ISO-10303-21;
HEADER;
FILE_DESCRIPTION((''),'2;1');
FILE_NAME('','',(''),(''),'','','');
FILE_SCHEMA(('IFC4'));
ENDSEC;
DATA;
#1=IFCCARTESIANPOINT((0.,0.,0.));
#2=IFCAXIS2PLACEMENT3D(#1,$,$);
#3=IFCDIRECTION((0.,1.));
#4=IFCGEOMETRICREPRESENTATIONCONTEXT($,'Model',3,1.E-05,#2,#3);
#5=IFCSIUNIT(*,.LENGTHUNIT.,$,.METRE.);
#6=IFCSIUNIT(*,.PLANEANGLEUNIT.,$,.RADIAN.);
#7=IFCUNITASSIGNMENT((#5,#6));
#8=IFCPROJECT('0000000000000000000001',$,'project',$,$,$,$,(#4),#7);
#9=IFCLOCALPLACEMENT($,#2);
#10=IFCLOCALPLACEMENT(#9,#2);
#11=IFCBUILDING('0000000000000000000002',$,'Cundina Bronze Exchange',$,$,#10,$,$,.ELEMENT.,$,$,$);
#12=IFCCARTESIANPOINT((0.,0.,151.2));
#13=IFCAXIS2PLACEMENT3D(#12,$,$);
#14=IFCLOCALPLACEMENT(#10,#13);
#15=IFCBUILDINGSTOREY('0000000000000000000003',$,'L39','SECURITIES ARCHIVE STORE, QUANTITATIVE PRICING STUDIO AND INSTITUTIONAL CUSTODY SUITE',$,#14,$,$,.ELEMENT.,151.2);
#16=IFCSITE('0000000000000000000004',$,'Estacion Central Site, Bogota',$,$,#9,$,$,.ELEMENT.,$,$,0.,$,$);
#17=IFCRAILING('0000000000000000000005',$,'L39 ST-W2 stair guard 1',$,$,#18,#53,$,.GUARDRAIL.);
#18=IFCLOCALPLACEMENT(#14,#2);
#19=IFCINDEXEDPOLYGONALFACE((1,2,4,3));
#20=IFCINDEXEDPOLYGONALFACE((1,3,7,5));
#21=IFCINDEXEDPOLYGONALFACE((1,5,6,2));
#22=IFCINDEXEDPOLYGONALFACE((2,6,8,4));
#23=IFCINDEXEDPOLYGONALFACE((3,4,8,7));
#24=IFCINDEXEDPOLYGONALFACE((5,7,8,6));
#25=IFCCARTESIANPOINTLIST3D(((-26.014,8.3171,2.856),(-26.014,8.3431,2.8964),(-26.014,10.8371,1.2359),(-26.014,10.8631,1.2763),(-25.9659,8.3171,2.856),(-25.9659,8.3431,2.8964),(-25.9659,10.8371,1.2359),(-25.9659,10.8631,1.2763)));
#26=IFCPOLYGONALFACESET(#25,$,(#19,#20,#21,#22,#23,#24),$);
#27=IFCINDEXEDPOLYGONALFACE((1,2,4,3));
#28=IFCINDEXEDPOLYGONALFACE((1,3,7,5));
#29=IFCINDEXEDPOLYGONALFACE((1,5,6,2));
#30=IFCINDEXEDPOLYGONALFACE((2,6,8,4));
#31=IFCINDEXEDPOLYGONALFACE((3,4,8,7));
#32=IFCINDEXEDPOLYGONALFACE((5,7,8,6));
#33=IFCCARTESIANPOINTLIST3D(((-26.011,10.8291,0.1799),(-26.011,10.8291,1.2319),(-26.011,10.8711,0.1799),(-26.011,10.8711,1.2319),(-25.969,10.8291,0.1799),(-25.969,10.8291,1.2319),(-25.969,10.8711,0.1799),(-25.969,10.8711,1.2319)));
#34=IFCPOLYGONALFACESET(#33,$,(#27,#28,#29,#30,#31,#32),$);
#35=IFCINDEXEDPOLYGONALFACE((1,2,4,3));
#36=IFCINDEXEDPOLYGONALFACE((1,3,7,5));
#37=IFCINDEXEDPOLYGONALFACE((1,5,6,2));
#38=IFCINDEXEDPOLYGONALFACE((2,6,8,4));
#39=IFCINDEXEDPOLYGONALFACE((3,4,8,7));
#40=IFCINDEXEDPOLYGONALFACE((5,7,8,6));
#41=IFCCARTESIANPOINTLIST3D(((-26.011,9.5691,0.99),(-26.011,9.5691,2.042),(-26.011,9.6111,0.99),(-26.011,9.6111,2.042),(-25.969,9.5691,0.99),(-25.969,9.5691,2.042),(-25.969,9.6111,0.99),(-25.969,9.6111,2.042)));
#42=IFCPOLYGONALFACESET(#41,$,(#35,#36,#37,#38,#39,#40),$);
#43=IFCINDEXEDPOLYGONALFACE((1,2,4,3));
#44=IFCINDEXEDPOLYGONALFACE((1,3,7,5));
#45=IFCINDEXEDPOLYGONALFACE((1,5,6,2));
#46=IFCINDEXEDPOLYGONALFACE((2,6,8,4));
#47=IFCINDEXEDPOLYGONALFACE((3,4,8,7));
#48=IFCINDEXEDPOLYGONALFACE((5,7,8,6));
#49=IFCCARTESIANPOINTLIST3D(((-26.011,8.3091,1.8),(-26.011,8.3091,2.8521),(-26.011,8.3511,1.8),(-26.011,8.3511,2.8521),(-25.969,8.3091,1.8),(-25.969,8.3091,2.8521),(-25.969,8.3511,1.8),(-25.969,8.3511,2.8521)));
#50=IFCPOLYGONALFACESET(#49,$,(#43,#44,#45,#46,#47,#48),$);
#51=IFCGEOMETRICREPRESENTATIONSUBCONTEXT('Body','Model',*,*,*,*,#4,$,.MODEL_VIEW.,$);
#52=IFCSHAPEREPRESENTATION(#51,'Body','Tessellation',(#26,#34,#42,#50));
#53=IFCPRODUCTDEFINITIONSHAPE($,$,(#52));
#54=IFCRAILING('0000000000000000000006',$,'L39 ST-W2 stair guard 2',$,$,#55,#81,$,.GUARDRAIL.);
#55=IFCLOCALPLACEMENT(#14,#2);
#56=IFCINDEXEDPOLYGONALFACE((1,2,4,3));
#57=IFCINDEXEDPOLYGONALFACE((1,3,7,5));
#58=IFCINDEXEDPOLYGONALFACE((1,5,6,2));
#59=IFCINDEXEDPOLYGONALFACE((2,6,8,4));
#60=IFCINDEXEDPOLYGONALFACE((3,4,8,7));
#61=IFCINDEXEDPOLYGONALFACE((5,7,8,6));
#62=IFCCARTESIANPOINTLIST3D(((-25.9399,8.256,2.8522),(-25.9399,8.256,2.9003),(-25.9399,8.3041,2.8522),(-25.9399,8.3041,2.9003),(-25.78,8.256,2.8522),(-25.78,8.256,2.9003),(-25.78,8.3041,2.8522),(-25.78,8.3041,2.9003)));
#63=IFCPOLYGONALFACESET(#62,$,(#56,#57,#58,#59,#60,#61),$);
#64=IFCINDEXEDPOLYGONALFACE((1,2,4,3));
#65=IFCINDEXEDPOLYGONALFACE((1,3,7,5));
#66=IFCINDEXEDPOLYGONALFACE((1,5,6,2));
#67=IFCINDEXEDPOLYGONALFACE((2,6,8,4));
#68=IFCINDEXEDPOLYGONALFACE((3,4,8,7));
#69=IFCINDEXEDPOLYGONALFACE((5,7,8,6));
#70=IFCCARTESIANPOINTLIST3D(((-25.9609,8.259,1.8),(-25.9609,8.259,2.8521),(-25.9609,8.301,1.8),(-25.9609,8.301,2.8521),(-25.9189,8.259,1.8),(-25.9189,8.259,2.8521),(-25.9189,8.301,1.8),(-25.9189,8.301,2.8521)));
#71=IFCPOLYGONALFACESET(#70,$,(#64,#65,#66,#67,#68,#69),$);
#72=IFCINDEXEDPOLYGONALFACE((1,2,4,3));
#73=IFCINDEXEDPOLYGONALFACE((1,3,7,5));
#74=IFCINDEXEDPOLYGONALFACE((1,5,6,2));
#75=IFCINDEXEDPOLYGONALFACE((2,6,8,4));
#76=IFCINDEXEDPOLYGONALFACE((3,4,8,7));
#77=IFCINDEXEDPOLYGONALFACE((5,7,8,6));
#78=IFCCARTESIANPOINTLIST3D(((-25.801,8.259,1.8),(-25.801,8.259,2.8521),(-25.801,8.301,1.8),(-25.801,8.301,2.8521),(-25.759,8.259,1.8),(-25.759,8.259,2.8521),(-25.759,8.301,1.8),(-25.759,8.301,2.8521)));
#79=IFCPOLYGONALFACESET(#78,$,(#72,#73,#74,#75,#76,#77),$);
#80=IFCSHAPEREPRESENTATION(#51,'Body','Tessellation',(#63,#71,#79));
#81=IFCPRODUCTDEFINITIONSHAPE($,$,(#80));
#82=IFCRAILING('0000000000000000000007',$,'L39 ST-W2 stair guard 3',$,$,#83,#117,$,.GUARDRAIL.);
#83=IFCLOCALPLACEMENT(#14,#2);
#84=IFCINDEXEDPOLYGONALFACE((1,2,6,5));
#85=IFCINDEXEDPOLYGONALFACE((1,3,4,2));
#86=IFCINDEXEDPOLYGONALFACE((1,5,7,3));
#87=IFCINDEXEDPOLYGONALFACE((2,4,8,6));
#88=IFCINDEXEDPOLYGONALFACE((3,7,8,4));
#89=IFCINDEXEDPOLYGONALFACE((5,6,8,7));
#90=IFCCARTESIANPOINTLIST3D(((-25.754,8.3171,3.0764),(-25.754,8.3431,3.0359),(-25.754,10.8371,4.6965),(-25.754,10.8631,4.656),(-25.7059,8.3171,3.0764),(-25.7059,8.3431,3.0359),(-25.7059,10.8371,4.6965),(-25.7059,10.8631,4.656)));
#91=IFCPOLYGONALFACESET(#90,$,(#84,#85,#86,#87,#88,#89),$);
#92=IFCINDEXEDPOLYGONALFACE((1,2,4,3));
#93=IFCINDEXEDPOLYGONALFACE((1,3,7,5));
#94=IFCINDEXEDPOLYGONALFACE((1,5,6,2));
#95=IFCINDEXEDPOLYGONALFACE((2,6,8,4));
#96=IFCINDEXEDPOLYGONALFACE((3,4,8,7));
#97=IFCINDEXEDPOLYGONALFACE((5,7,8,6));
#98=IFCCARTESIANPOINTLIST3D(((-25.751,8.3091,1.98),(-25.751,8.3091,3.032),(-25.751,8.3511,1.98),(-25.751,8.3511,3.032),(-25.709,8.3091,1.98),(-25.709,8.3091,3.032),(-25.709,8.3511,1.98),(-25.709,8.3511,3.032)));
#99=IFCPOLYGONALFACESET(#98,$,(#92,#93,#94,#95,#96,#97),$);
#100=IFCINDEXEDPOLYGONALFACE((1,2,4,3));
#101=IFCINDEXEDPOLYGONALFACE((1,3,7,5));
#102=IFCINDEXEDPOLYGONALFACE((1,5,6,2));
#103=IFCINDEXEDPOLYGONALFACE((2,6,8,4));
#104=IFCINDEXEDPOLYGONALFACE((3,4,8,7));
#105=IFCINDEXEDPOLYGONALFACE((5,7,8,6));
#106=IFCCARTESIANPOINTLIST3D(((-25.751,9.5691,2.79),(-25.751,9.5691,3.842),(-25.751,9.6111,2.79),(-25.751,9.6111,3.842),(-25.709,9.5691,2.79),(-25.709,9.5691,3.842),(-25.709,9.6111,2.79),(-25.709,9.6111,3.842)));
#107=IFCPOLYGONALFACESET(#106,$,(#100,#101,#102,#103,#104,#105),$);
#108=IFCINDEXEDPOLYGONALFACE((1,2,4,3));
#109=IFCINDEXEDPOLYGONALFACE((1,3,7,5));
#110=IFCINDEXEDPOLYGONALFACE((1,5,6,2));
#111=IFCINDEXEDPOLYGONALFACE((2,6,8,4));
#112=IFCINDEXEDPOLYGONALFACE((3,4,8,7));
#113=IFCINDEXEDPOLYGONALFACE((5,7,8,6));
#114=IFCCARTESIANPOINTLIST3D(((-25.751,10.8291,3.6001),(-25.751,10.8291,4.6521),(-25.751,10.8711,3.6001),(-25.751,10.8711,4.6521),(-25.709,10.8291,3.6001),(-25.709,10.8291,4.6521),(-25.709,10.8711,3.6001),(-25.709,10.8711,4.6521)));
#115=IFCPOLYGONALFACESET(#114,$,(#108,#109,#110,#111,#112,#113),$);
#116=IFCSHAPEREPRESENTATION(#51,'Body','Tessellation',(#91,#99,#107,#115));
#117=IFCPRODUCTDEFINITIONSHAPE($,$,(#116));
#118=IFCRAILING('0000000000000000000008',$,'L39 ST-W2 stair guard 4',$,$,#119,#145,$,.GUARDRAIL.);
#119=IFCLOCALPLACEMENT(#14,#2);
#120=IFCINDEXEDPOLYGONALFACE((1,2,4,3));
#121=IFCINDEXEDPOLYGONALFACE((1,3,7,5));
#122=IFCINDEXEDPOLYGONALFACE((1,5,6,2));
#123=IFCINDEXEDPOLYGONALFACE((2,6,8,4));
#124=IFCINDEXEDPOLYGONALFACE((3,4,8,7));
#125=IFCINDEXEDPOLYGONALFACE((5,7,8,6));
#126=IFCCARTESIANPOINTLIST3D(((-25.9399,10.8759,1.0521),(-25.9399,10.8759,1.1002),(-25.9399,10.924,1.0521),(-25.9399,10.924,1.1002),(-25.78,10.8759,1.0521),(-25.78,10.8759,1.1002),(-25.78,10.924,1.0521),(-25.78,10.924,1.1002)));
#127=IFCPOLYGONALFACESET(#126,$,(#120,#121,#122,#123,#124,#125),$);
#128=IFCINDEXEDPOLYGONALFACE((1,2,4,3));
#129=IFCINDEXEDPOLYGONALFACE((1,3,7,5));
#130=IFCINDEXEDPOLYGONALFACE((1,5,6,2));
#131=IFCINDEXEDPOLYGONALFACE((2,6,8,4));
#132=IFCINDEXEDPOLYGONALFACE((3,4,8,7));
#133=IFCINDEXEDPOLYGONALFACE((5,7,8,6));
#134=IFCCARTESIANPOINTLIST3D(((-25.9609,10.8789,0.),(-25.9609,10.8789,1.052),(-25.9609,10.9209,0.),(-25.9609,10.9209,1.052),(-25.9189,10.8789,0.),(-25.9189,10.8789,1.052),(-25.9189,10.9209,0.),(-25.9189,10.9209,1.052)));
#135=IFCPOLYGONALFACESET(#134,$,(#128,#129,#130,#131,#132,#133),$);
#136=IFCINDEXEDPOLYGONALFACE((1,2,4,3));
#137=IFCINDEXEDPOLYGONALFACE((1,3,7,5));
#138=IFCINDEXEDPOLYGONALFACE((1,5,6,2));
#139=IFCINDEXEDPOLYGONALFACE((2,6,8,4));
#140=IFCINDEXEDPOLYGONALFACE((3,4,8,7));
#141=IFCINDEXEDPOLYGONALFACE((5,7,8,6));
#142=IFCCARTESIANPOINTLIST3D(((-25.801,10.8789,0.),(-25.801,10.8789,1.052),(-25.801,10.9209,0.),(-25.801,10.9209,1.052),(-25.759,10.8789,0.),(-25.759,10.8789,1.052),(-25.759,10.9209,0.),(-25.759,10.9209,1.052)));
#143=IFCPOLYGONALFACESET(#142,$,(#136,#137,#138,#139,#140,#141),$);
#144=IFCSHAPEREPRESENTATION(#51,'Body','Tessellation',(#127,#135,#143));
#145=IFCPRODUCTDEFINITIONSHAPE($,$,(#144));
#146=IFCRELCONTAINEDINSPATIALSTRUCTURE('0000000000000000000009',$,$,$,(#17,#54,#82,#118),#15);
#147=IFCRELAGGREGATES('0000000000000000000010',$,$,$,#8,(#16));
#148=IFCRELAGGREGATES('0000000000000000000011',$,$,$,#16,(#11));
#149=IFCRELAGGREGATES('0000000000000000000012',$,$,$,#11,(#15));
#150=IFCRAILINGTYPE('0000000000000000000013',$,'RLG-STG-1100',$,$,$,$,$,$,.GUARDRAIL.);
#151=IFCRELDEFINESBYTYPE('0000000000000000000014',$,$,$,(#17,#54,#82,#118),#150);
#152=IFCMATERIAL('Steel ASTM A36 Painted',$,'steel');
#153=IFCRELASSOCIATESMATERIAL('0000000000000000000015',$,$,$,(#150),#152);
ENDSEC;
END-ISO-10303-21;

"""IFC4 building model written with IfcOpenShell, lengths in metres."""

from ifc_helpers import new_model, si_unit, direction, frame, origin, origin_2d, place, context, subcontext, project, spatial, rectangle, extrude, material, type_object, element, save


model = new_model("IFC4")

# Units and contexts
model_context = context("Model", 3, precision=1e-05, world=origin(), true_north=direction((0.0, 1.0)))
body_context = subcontext(model_context, "Body", "Model", "MODEL_VIEW")
ifc_project = project(units=[si_unit("LENGTHUNIT", "METRE"), si_unit("PLANEANGLEUNIT", "RADIAN")], contexts=[model_context])

# Site, building, storey
site_placement = place(None, origin())
site = spatial("IfcSite", under=ifc_project, at=site_placement, Name="Estacion Central Site, Bogota", CompositionType="ELEMENT", RefElevation=0.0)
building_placement = place(site_placement, origin())
building = spatial("IfcBuilding", under=site, at=building_placement, Name="Cundina Bronze Exchange", CompositionType="ELEMENT")
storey_placement = place(building_placement, frame((0.0, 0.0, 151.2)))
storey = spatial("IfcBuildingStorey", under=building, at=storey_placement, Name="L39", Description="SECURITIES ARCHIVE STORE, QUANTITATIVE PRICING STUDIO AND INSTITUTIONAL CUSTODY SUITE", CompositionType="ELEMENT", Elevation=151.2)

# Shared definitions
ifc_material_1 = material(Name="Steel ASTM A36 Painted", Category="steel")

# Railings
railing_type_1 = type_object("IfcRailingType", Name="RLG-STG-1100", PredefinedType="GUARDRAIL", material=ifc_material_1)
for number, where, name in (
    (1, (-25.99, 10.8501, 0.1799), "L39 ST-W2 stair guard 1"),
):
    element("IfcRailing", number, at=place(storey_placement, frame(where)), inside=storey, type_object=railing_type_1, Name=name, PredefinedType="GUARDRAIL", context=body_context, shape_type="SweptSolid", body=[
        extrude(rectangle(XDim=0.0481, YDim=0.0481, at=origin_2d()), frame((0.0, 0.0, 1.0762), z_axis=(0.0, -0.841163, 0.540782), x_axis=(1.0, 0.0, 0.0)), (0.0, 0.0, 1.0), 2.9958),
        extrude(rectangle(XDim=0.042, YDim=0.042, at=origin_2d()), origin(), (0.0, 0.0, 1.0), 1.052),
        extrude(rectangle(XDim=0.042, YDim=0.042, at=origin_2d()), frame((0.0, -1.26, 0.8101)), (0.0, 0.0, 1.0), 1.052),
        extrude(rectangle(XDim=0.042, YDim=0.042, at=origin_2d()), frame((0.0, -2.52, 1.6201)), (0.0, 0.0, 1.0), 1.052),
    ])
railing_1_placement = place(storey_placement, frame((-25.9399, 8.28, 1.8)))
element("IfcRailing", 2, at=railing_1_placement, inside=storey, type_object=railing_type_1, Name="L39 ST-W2 stair guard 2", PredefinedType="GUARDRAIL", context=body_context, shape_type="SweptSolid", body=[
    extrude(rectangle(XDim=0.0481, YDim=0.0481, at=origin_2d()), frame((0.0, 0.0, 1.0762), z_axis=(1.0, 0.0, 0.0), x_axis=(0.0, 1.0, 0.0)), (0.0, 0.0, 1.0), 0.1599),
    extrude(rectangle(XDim=0.042, YDim=0.042, at=origin_2d()), origin(), (0.0, 0.0, 1.0), 1.052),
    extrude(rectangle(XDim=0.042, YDim=0.042, at=origin_2d()), frame((0.1599, 0.0, 0.0)), (0.0, 0.0, 1.0), 1.052),
])
railing_2_placement = place(storey_placement, frame((-25.73, 8.3301, 1.98)))
element("IfcRailing", 3, at=railing_2_placement, inside=storey, type_object=railing_type_1, Name="L39 ST-W2 stair guard 3", PredefinedType="GUARDRAIL", context=body_context, shape_type="SweptSolid", body=[
    extrude(rectangle(XDim=0.0481, YDim=0.0481, at=origin_2d()), frame((0.0, 0.0, 1.0762), z_axis=(0.0, 0.841163, 0.540782), x_axis=(-1.0, 0.0, 0.0)), (0.0, 0.0, 1.0), 2.9958),
    extrude(rectangle(XDim=0.042, YDim=0.042, at=origin_2d()), origin(), (0.0, 0.0, 1.0), 1.052),
    extrude(rectangle(XDim=0.042, YDim=0.042, at=origin_2d()), frame((0.0, 1.26, 0.8101)), (0.0, 0.0, 1.0), 1.052),
    extrude(rectangle(XDim=0.042, YDim=0.042, at=origin_2d()), frame((0.0, 2.52, 1.6201)), (0.0, 0.0, 1.0), 1.052),
])
railing_3_placement = place(storey_placement, frame((-25.9399, 10.8999, 0.0)))
element("IfcRailing", 4, at=railing_3_placement, inside=storey, type_object=railing_type_1, Name="L39 ST-W2 stair guard 4", PredefinedType="GUARDRAIL", context=body_context, shape_type="SweptSolid", body=[
    extrude(rectangle(XDim=0.0481, YDim=0.0481, at=origin_2d()), frame((0.0, 0.0, 1.0762), z_axis=(1.0, 0.0, 0.0), x_axis=(0.0, 1.0, 0.0)), (0.0, 0.0, 1.0), 0.1599),
    extrude(rectangle(XDim=0.042, YDim=0.042, at=origin_2d()), origin(), (0.0, 0.0, 1.0), 1.052),
    extrude(rectangle(XDim=0.042, YDim=0.042, at=origin_2d()), frame((0.1599, 0.0, 0.0)), (0.0, 0.0, 1.0), 1.052),
])

save(model, "model.ifc")
